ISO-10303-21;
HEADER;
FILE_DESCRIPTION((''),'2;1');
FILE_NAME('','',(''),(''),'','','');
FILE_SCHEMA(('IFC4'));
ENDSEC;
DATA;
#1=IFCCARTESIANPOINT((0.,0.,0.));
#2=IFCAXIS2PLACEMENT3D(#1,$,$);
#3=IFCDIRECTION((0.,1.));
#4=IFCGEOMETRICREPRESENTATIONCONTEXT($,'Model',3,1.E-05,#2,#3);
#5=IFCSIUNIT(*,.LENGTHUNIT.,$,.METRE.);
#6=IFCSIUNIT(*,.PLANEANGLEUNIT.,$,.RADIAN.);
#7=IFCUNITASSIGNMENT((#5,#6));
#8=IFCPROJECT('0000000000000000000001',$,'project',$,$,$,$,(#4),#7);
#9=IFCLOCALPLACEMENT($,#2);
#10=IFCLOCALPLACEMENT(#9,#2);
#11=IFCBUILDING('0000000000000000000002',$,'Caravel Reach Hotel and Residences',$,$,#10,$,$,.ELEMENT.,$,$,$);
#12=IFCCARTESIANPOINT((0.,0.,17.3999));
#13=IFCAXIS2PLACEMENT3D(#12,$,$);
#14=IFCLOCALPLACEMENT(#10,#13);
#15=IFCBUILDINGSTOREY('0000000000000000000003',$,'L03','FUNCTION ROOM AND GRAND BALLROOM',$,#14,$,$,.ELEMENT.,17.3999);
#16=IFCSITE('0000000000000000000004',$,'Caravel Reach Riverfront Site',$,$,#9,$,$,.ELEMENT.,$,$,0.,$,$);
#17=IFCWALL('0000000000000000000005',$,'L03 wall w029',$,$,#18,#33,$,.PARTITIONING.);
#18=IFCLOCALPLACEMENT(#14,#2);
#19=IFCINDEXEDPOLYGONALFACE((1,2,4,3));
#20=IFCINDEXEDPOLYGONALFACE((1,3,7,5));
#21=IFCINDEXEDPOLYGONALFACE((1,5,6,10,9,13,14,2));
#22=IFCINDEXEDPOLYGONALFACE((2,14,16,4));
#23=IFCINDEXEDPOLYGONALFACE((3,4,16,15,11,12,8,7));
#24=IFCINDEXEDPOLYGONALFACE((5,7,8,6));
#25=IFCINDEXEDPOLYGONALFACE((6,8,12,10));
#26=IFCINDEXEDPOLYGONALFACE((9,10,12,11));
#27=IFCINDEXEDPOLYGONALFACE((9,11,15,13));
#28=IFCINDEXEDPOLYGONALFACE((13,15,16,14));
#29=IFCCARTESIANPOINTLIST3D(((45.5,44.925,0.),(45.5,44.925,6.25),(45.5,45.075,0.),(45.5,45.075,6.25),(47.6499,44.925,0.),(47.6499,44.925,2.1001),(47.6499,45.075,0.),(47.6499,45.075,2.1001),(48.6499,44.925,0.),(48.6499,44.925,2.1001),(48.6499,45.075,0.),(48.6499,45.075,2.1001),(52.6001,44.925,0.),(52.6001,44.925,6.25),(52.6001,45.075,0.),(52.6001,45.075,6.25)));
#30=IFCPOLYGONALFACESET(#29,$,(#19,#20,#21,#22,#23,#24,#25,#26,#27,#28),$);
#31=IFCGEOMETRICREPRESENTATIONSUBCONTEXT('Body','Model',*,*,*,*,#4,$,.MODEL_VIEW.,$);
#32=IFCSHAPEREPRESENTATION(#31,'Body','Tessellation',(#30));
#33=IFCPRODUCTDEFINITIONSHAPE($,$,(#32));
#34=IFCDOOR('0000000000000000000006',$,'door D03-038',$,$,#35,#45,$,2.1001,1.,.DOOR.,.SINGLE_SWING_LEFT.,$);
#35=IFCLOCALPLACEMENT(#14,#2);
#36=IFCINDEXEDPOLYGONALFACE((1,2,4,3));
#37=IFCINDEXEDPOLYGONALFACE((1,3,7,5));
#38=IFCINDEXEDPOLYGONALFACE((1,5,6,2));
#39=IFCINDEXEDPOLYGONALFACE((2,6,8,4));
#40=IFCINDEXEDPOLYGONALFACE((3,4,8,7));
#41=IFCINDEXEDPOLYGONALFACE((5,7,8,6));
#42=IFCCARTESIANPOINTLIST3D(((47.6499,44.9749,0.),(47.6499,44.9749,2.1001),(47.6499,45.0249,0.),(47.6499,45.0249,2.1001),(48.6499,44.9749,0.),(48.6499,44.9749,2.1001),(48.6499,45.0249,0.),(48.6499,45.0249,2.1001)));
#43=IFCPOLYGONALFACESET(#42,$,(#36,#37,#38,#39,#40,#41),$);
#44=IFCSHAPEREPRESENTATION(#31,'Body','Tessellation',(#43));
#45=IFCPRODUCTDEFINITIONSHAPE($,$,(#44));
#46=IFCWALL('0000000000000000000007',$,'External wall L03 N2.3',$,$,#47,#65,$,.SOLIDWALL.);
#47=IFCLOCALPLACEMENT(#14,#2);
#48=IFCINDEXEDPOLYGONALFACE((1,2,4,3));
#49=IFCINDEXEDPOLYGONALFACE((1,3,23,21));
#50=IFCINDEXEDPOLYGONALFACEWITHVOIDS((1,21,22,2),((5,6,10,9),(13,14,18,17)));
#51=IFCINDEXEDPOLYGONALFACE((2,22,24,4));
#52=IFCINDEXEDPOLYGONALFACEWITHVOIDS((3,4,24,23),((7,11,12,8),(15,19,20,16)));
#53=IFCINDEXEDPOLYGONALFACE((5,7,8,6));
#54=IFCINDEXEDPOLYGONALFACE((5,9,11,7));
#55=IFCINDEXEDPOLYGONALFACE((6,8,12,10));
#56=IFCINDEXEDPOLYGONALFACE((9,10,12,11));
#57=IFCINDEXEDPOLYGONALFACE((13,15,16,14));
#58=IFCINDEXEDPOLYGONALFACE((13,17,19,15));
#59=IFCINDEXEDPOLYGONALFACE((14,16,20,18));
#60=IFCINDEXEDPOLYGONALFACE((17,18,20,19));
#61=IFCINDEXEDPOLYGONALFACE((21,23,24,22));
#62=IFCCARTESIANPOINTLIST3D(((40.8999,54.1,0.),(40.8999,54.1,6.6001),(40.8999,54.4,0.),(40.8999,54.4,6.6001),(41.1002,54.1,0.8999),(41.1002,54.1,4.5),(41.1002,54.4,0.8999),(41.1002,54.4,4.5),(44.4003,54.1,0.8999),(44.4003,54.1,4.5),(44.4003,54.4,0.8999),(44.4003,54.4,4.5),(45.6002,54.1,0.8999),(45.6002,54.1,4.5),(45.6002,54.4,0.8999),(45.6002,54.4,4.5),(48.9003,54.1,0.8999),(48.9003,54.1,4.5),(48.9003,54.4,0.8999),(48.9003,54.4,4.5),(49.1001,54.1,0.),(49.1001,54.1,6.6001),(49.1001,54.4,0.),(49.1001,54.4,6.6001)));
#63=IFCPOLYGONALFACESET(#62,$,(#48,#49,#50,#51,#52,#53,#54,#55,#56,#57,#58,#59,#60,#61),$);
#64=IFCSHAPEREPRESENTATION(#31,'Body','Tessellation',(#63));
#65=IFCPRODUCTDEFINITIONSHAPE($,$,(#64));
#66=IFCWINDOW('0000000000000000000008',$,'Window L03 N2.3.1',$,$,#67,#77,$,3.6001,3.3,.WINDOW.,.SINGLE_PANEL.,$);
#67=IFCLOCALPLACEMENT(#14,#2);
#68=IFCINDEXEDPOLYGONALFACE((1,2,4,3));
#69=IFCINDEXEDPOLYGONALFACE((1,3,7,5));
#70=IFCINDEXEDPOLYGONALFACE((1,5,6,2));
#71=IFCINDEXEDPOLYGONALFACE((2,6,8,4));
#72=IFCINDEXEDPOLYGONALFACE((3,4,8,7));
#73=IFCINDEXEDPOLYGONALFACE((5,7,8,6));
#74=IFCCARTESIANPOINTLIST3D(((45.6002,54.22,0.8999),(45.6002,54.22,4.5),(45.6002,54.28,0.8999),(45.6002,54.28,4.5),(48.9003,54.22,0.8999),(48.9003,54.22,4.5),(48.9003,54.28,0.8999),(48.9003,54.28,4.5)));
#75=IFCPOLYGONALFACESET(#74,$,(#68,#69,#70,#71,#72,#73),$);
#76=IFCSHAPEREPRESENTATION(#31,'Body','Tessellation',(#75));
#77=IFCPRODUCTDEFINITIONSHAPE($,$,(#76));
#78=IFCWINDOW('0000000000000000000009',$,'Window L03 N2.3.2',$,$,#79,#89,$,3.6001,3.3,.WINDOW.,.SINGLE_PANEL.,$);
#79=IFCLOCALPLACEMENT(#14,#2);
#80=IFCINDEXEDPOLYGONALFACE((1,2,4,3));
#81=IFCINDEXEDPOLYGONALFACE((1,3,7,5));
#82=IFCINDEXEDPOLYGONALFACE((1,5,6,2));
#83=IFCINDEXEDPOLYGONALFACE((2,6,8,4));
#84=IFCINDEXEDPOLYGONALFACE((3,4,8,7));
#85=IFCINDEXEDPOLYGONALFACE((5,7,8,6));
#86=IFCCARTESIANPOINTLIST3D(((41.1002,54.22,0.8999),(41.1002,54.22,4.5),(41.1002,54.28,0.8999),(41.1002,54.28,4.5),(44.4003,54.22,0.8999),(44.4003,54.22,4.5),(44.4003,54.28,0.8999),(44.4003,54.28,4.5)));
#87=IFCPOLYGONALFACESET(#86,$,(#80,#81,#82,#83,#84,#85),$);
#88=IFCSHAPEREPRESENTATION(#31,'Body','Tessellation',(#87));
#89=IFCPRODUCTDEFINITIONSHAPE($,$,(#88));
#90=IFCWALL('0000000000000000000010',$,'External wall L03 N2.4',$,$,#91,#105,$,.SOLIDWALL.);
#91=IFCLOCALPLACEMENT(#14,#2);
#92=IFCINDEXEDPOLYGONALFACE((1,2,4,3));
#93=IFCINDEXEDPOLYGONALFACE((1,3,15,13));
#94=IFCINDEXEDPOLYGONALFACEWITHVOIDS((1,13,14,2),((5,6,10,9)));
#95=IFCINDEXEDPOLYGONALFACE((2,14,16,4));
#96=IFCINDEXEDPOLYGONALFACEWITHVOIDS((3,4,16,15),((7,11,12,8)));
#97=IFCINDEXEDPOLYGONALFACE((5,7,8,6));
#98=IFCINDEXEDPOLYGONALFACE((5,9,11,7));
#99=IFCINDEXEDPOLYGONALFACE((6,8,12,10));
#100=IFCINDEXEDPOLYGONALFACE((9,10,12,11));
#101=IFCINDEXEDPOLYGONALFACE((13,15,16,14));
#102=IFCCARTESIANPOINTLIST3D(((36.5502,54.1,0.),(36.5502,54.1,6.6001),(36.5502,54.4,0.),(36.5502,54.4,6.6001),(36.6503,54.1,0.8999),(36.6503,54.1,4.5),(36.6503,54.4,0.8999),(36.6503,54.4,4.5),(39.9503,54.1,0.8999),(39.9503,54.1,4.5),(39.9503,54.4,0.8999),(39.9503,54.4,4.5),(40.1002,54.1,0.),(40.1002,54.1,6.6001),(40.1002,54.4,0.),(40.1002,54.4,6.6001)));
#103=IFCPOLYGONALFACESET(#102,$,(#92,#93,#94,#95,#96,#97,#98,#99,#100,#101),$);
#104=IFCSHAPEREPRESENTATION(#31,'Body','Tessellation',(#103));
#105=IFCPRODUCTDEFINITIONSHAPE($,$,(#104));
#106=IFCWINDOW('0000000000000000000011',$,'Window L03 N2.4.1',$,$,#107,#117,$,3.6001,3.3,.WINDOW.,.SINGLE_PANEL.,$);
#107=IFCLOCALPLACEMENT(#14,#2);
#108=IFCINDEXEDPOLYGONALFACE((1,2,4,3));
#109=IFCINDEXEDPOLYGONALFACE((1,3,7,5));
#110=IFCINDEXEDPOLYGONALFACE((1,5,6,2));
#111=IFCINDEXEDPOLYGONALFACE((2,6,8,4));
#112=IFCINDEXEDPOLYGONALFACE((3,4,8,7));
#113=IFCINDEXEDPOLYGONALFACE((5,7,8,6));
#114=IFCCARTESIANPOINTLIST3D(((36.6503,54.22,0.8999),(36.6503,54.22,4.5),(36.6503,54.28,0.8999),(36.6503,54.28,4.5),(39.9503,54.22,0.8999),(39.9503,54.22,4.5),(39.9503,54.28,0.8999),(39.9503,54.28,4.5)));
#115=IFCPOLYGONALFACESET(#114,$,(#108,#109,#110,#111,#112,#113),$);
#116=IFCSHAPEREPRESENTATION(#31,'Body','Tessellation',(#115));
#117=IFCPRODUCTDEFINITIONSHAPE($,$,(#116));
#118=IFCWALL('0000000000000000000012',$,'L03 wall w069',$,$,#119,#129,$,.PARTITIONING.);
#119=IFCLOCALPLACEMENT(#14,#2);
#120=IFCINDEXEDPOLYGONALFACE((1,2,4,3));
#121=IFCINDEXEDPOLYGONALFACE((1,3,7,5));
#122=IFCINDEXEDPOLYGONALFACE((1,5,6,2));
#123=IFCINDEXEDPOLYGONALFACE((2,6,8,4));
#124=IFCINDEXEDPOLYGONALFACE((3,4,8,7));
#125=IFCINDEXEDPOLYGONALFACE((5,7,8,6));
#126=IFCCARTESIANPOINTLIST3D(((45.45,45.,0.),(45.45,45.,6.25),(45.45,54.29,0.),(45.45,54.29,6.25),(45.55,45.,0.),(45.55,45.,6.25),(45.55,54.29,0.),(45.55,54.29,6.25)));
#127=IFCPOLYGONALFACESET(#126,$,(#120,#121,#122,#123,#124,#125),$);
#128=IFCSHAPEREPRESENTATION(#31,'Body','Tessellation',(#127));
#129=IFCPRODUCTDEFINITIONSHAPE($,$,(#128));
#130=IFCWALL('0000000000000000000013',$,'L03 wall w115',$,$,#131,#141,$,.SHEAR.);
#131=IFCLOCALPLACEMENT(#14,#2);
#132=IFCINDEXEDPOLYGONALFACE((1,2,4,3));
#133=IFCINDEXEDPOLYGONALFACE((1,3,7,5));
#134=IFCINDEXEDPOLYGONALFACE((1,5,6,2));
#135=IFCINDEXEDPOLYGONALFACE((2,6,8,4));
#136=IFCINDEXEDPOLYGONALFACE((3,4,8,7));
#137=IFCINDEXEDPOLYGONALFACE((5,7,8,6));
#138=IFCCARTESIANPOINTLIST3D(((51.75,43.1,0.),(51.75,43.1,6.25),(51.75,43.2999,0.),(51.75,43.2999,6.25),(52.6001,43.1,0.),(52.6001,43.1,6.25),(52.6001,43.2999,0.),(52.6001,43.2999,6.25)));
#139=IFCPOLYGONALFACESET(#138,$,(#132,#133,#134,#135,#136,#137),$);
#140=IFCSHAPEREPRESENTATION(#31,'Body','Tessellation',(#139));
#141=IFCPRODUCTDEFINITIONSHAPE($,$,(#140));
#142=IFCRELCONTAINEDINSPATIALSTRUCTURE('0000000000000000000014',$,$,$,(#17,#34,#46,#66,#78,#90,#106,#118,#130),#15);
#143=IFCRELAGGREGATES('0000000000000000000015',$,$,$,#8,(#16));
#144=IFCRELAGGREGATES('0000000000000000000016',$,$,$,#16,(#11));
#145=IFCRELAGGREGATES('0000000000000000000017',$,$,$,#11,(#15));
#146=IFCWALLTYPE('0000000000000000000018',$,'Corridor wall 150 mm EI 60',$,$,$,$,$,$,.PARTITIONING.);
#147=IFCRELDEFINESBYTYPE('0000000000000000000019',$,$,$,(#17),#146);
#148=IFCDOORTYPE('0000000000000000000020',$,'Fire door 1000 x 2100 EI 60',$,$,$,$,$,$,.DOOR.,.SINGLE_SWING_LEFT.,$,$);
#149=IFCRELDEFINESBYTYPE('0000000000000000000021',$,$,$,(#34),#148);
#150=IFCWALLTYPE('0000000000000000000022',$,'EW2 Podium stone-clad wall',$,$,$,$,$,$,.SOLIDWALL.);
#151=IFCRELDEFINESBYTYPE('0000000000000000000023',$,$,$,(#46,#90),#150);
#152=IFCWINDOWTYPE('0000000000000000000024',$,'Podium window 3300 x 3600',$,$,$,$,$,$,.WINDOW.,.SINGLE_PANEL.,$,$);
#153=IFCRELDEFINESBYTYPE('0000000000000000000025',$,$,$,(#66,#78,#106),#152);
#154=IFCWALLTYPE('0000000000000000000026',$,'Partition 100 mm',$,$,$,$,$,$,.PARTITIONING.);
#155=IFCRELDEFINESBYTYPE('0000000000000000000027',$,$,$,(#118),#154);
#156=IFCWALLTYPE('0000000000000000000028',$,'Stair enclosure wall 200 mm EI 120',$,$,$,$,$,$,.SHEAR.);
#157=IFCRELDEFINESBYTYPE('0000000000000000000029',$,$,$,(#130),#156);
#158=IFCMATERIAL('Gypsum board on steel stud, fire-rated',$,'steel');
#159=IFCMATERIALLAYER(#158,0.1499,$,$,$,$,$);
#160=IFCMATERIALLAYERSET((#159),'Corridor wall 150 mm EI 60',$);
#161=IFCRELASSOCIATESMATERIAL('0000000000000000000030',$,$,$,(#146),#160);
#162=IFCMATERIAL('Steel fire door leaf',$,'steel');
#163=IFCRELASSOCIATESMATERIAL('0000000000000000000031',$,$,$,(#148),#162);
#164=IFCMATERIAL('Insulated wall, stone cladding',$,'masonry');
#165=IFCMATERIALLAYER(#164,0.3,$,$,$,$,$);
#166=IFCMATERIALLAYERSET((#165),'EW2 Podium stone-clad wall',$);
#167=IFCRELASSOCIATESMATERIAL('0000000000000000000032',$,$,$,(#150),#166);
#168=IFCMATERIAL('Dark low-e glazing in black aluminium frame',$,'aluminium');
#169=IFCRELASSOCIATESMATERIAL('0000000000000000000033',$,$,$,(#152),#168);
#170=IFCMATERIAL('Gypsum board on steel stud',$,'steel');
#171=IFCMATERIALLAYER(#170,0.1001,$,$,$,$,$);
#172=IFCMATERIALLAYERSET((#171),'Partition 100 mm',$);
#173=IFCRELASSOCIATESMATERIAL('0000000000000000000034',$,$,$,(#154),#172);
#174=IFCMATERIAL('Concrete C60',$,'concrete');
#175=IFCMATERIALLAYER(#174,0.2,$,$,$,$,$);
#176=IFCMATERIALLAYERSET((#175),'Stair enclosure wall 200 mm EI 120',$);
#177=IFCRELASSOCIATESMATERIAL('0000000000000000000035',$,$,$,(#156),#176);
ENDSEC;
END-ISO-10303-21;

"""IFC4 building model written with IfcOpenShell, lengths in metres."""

from ifc_helpers import new_model, si_unit, direction, frame, frame_2d, origin, place, context, subcontext, project, spatial, rectangle, extrude, material, layer, layer_set, type_object, element, fill, save


model = new_model("IFC4")

# Units and contexts
model_context = context("Model", 3, precision=1e-05, world=origin(), true_north=direction((0.0, 1.0)))
body_context = subcontext(model_context, "Body", "Model", "MODEL_VIEW")
ifc_project = project(units=[si_unit("LENGTHUNIT", "METRE"), si_unit("PLANEANGLEUNIT", "RADIAN")], contexts=[model_context])

# Site, building, storey
site_placement = place(None, origin())
site = spatial("IfcSite", under=ifc_project, at=site_placement, Name="Caravel Reach Riverfront Site", CompositionType="ELEMENT", RefElevation=0.0)
building_placement = place(site_placement, origin())
building = spatial("IfcBuilding", under=site, at=building_placement, Name="Caravel Reach Hotel and Residences", CompositionType="ELEMENT")
storey_placement = place(building_placement, frame((0.0, 0.0, 17.3999)))
storey = spatial("IfcBuildingStorey", under=building, at=storey_placement, Name="L03", Description="FUNCTION ROOM AND GRAND BALLROOM", CompositionType="ELEMENT", Elevation=17.3999)

# Wall, opening, door
ifc_material_1 = material(Name="Gypsum board on steel stud, fire-rated", Category="steel")
ifc_layer_1 = layer(ifc_material_1, 0.1499)
ifc_layer_set_1 = layer_set([ifc_layer_1], Name="Corridor wall 150 mm EI 60")
wall_type_1 = type_object("IfcWallType", Name="Corridor wall 150 mm EI 60", PredefinedType="PARTITIONING", material=ifc_layer_set_1)
wall_1_placement = place(storey_placement, frame((45.5, 45.0, 0.0), z_axis=(0.0, 0.0, 1.0), x_axis=(1.0, 0.0, 0.0)))
wall_1 = element("IfcWall", 1, at=wall_1_placement, inside=storey, type_object=wall_type_1, Name="L03 wall w029", PredefinedType="PARTITIONING", context=body_context, shape_type="SweptSolid", body=[
    extrude(rectangle(XDim=7.1001, YDim=0.1499, at=frame_2d((3.55, 0.0))), origin(), (0.0, 0.0, 1.0), 6.25),
])
opening_1_placement = place(wall_1_placement, frame((2.1499, 0.0, 0.0)))
opening_1 = element("IfcOpeningElement", 2, at=opening_1_placement, cuts=wall_1, PredefinedType="OPENING", context=body_context, shape_type="SweptSolid", body=[
    extrude(rectangle(XDim=1.0, YDim=2.1001, at=frame_2d((0.5, 1.05))), frame((0.0, 0.085, 0.0), z_axis=(0.0, -1.0, 0.0), x_axis=(1.0, 0.0, 0.0)), (0.0, 0.0, 1.0), 0.1699),
])
ifc_material_2 = material(Name="Steel fire door leaf", Category="steel")
door_type_1 = type_object("IfcDoorType", Name="Fire door 1000 x 2100 EI 60", OperationType="SINGLE_SWING_LEFT", PredefinedType="DOOR", material=ifc_material_2)
door_1_placement = place(opening_1_placement, origin())
door_1 = element("IfcDoor", 3, at=door_1_placement, inside=storey, type_object=door_type_1, Name="door D03-038", OperationType="SINGLE_SWING_LEFT", OverallHeight=2.1001, OverallWidth=1.0, PredefinedType="DOOR", context=body_context, shape_type="SweptSolid", body=[
    extrude(rectangle(XDim=1.0, YDim=2.1001, at=frame_2d((0.5, 1.05))), frame((0.0, 0.0249, 0.0), z_axis=(0.0, -1.0, 0.0), x_axis=(1.0, 0.0, 0.0)), (0.0, 0.0, 1.0), 0.05),
])
fill(opening_1, door_1)

# Wall, openings, windows
ifc_material_3 = material(Name="Insulated wall, stone cladding", Category="masonry")
ifc_layer_2 = layer(ifc_material_3, 0.3)
ifc_layer_set_2 = layer_set([ifc_layer_2], Name="EW2 Podium stone-clad wall")
wall_type_2 = type_object("IfcWallType", Name="EW2 Podium stone-clad wall", PredefinedType="SOLIDWALL", material=ifc_layer_set_2)
wall_2_placement = place(storey_placement, frame((49.1001, 54.25, 0.0), z_axis=(0.0, 0.0, 1.0), x_axis=(-1.0, 0.0, 0.0)))
wall_2 = element("IfcWall", 4, at=wall_2_placement, inside=storey, type_object=wall_type_2, Name="External wall L03 N2.3", PredefinedType="SOLIDWALL", context=body_context, shape_type="SweptSolid", body=[
    extrude(rectangle(XDim=8.2002, YDim=0.3, at=frame_2d((4.1001, 0.0))), origin(), (0.0, 0.0, 1.0), 6.6001),
])
opening_2_placement = place(wall_2_placement, frame((0.2, 0.0, 0.8999)))
opening_2 = element("IfcOpeningElement", 5, at=opening_2_placement, cuts=wall_2, PredefinedType="OPENING", context=body_context, shape_type="SweptSolid", body=[
    extrude(rectangle(XDim=3.3, YDim=3.6001, at=frame_2d((1.6499, 1.8))), frame((0.0, 0.1599, 0.0), z_axis=(0.0, -1.0, 0.0), x_axis=(1.0, 0.0, 0.0)), (0.0, 0.0, 1.0), 0.3201),
])
opening_3_placement = place(wall_2_placement, frame((4.7, 0.0, 0.8999)))
opening_3 = element("IfcOpeningElement", 6, at=opening_3_placement, cuts=wall_2, PredefinedType="OPENING", context=body_context, shape_type="SweptSolid", body=[
    extrude(rectangle(XDim=3.3, YDim=3.6001, at=frame_2d((1.6499, 1.8))), frame((0.0, 0.1599, 0.0), z_axis=(0.0, -1.0, 0.0), x_axis=(1.0, 0.0, 0.0)), (0.0, 0.0, 1.0), 0.3201),
])
ifc_material_4 = material(Name="Dark low-e glazing in black aluminium frame", Category="aluminium")
window_type = type_object("IfcWindowType", Name="Podium window 3300 x 3600", PartitioningType="SINGLE_PANEL", PredefinedType="WINDOW", material=ifc_material_4)
window_1_placement = place(opening_2_placement, origin())
window_1 = element("IfcWindow", 7, at=window_1_placement, inside=storey, type_object=window_type, Name="Window L03 N2.3.1", OverallHeight=3.6001, OverallWidth=3.3, PartitioningType="SINGLE_PANEL", PredefinedType="WINDOW", context=body_context, shape_type="SweptSolid", body=[
    extrude(rectangle(XDim=3.3, YDim=3.6001, at=frame_2d((1.6499, 1.8))), frame((0.0, 0.03, 0.0), z_axis=(0.0, -1.0, 0.0), x_axis=(1.0, 0.0, 0.0)), (0.0, 0.0, 1.0), 0.0601),
])
fill(opening_2, window_1)
window_2_placement = place(opening_3_placement, origin())
window_2 = element("IfcWindow", 8, at=window_2_placement, inside=storey, type_object=window_type, Name="Window L03 N2.3.2", OverallHeight=3.6001, OverallWidth=3.3, PartitioningType="SINGLE_PANEL", PredefinedType="WINDOW", context=body_context, shape_type="SweptSolid", body=[
    extrude(rectangle(XDim=3.3, YDim=3.6001, at=frame_2d((1.6499, 1.8))), frame((0.0, 0.03, 0.0), z_axis=(0.0, -1.0, 0.0), x_axis=(1.0, 0.0, 0.0)), (0.0, 0.0, 1.0), 0.0601),
])
fill(opening_3, window_2)

# Wall, opening, window
wall_3_placement = place(storey_placement, frame((40.1001, 54.25, 0.0), z_axis=(0.0, 0.0, 1.0), x_axis=(-1.0, 0.0, 0.0)))
wall_3 = element("IfcWall", 9, at=wall_3_placement, inside=storey, type_object=wall_type_2, Name="External wall L03 N2.4", PredefinedType="SOLIDWALL", context=body_context, shape_type="SweptSolid", body=[
    extrude(rectangle(XDim=3.55, YDim=0.3, at=frame_2d((1.7749, 0.0))), origin(), (0.0, 0.0, 1.0), 6.6001),
])
opening_4_placement = place(wall_3_placement, frame((0.1499, 0.0, 0.8999)))
opening_4 = element("IfcOpeningElement", 10, at=opening_4_placement, cuts=wall_3, PredefinedType="OPENING", context=body_context, shape_type="SweptSolid", body=[
    extrude(rectangle(XDim=3.3, YDim=3.6001, at=frame_2d((1.6499, 1.8))), frame((0.0, 0.1599, 0.0), z_axis=(0.0, -1.0, 0.0), x_axis=(1.0, 0.0, 0.0)), (0.0, 0.0, 1.0), 0.3201),
])
window_3_placement = place(opening_4_placement, origin())
window_3 = element("IfcWindow", 11, at=window_3_placement, inside=storey, type_object=window_type, Name="Window L03 N2.4.1", OverallHeight=3.6001, OverallWidth=3.3, PartitioningType="SINGLE_PANEL", PredefinedType="WINDOW", context=body_context, shape_type="SweptSolid", body=[
    extrude(rectangle(XDim=3.3, YDim=3.6001, at=frame_2d((1.6499, 1.8))), frame((0.0, 0.03, 0.0), z_axis=(0.0, -1.0, 0.0), x_axis=(1.0, 0.0, 0.0)), (0.0, 0.0, 1.0), 0.0601),
])
fill(opening_4, window_3)

# Walls
ifc_material_5 = material(Name="Gypsum board on steel stud", Category="steel")
ifc_layer_3 = layer(ifc_material_5, 0.1001)
ifc_layer_set_3 = layer_set([ifc_layer_3], Name="Partition 100 mm")
wall_type_3 = type_object("IfcWallType", Name="Partition 100 mm", PredefinedType="PARTITIONING", material=ifc_layer_set_3)
wall_4_placement = place(storey_placement, frame((45.5, 45.0, 0.0), z_axis=(0.0, 0.0, 1.0), x_axis=(0.0, 1.0, 0.0)))
element("IfcWall", 12, at=wall_4_placement, inside=storey, type_object=wall_type_3, Name="L03 wall w069", PredefinedType="PARTITIONING", context=body_context, shape_type="SweptSolid", body=[
    extrude(rectangle(XDim=9.29, YDim=0.1001, at=frame_2d((4.645, 0.0))), origin(), (0.0, 0.0, 1.0), 6.25),
])
ifc_material_6 = material(Name="Concrete C60", Category="concrete")
ifc_layer_4 = layer(ifc_material_6, 0.2)
ifc_layer_set_4 = layer_set([ifc_layer_4], Name="Stair enclosure wall 200 mm EI 120")
wall_type_4 = type_object("IfcWallType", Name="Stair enclosure wall 200 mm EI 120", PredefinedType="SHEAR", material=ifc_layer_set_4)
wall_5_placement = place(storey_placement, frame((51.75, 43.2, 0.0), z_axis=(0.0, 0.0, 1.0), x_axis=(1.0, 0.0, 0.0)))
element("IfcWall", 13, at=wall_5_placement, inside=storey, type_object=wall_type_4, Name="L03 wall w115", PredefinedType="SHEAR", context=body_context, shape_type="SweptSolid", body=[
    extrude(rectangle(XDim=0.8501, YDim=0.2, at=frame_2d((0.425, 0.0))), origin(), (0.0, 0.0, 1.0), 6.25),
])

save(model, "model.ifc")
